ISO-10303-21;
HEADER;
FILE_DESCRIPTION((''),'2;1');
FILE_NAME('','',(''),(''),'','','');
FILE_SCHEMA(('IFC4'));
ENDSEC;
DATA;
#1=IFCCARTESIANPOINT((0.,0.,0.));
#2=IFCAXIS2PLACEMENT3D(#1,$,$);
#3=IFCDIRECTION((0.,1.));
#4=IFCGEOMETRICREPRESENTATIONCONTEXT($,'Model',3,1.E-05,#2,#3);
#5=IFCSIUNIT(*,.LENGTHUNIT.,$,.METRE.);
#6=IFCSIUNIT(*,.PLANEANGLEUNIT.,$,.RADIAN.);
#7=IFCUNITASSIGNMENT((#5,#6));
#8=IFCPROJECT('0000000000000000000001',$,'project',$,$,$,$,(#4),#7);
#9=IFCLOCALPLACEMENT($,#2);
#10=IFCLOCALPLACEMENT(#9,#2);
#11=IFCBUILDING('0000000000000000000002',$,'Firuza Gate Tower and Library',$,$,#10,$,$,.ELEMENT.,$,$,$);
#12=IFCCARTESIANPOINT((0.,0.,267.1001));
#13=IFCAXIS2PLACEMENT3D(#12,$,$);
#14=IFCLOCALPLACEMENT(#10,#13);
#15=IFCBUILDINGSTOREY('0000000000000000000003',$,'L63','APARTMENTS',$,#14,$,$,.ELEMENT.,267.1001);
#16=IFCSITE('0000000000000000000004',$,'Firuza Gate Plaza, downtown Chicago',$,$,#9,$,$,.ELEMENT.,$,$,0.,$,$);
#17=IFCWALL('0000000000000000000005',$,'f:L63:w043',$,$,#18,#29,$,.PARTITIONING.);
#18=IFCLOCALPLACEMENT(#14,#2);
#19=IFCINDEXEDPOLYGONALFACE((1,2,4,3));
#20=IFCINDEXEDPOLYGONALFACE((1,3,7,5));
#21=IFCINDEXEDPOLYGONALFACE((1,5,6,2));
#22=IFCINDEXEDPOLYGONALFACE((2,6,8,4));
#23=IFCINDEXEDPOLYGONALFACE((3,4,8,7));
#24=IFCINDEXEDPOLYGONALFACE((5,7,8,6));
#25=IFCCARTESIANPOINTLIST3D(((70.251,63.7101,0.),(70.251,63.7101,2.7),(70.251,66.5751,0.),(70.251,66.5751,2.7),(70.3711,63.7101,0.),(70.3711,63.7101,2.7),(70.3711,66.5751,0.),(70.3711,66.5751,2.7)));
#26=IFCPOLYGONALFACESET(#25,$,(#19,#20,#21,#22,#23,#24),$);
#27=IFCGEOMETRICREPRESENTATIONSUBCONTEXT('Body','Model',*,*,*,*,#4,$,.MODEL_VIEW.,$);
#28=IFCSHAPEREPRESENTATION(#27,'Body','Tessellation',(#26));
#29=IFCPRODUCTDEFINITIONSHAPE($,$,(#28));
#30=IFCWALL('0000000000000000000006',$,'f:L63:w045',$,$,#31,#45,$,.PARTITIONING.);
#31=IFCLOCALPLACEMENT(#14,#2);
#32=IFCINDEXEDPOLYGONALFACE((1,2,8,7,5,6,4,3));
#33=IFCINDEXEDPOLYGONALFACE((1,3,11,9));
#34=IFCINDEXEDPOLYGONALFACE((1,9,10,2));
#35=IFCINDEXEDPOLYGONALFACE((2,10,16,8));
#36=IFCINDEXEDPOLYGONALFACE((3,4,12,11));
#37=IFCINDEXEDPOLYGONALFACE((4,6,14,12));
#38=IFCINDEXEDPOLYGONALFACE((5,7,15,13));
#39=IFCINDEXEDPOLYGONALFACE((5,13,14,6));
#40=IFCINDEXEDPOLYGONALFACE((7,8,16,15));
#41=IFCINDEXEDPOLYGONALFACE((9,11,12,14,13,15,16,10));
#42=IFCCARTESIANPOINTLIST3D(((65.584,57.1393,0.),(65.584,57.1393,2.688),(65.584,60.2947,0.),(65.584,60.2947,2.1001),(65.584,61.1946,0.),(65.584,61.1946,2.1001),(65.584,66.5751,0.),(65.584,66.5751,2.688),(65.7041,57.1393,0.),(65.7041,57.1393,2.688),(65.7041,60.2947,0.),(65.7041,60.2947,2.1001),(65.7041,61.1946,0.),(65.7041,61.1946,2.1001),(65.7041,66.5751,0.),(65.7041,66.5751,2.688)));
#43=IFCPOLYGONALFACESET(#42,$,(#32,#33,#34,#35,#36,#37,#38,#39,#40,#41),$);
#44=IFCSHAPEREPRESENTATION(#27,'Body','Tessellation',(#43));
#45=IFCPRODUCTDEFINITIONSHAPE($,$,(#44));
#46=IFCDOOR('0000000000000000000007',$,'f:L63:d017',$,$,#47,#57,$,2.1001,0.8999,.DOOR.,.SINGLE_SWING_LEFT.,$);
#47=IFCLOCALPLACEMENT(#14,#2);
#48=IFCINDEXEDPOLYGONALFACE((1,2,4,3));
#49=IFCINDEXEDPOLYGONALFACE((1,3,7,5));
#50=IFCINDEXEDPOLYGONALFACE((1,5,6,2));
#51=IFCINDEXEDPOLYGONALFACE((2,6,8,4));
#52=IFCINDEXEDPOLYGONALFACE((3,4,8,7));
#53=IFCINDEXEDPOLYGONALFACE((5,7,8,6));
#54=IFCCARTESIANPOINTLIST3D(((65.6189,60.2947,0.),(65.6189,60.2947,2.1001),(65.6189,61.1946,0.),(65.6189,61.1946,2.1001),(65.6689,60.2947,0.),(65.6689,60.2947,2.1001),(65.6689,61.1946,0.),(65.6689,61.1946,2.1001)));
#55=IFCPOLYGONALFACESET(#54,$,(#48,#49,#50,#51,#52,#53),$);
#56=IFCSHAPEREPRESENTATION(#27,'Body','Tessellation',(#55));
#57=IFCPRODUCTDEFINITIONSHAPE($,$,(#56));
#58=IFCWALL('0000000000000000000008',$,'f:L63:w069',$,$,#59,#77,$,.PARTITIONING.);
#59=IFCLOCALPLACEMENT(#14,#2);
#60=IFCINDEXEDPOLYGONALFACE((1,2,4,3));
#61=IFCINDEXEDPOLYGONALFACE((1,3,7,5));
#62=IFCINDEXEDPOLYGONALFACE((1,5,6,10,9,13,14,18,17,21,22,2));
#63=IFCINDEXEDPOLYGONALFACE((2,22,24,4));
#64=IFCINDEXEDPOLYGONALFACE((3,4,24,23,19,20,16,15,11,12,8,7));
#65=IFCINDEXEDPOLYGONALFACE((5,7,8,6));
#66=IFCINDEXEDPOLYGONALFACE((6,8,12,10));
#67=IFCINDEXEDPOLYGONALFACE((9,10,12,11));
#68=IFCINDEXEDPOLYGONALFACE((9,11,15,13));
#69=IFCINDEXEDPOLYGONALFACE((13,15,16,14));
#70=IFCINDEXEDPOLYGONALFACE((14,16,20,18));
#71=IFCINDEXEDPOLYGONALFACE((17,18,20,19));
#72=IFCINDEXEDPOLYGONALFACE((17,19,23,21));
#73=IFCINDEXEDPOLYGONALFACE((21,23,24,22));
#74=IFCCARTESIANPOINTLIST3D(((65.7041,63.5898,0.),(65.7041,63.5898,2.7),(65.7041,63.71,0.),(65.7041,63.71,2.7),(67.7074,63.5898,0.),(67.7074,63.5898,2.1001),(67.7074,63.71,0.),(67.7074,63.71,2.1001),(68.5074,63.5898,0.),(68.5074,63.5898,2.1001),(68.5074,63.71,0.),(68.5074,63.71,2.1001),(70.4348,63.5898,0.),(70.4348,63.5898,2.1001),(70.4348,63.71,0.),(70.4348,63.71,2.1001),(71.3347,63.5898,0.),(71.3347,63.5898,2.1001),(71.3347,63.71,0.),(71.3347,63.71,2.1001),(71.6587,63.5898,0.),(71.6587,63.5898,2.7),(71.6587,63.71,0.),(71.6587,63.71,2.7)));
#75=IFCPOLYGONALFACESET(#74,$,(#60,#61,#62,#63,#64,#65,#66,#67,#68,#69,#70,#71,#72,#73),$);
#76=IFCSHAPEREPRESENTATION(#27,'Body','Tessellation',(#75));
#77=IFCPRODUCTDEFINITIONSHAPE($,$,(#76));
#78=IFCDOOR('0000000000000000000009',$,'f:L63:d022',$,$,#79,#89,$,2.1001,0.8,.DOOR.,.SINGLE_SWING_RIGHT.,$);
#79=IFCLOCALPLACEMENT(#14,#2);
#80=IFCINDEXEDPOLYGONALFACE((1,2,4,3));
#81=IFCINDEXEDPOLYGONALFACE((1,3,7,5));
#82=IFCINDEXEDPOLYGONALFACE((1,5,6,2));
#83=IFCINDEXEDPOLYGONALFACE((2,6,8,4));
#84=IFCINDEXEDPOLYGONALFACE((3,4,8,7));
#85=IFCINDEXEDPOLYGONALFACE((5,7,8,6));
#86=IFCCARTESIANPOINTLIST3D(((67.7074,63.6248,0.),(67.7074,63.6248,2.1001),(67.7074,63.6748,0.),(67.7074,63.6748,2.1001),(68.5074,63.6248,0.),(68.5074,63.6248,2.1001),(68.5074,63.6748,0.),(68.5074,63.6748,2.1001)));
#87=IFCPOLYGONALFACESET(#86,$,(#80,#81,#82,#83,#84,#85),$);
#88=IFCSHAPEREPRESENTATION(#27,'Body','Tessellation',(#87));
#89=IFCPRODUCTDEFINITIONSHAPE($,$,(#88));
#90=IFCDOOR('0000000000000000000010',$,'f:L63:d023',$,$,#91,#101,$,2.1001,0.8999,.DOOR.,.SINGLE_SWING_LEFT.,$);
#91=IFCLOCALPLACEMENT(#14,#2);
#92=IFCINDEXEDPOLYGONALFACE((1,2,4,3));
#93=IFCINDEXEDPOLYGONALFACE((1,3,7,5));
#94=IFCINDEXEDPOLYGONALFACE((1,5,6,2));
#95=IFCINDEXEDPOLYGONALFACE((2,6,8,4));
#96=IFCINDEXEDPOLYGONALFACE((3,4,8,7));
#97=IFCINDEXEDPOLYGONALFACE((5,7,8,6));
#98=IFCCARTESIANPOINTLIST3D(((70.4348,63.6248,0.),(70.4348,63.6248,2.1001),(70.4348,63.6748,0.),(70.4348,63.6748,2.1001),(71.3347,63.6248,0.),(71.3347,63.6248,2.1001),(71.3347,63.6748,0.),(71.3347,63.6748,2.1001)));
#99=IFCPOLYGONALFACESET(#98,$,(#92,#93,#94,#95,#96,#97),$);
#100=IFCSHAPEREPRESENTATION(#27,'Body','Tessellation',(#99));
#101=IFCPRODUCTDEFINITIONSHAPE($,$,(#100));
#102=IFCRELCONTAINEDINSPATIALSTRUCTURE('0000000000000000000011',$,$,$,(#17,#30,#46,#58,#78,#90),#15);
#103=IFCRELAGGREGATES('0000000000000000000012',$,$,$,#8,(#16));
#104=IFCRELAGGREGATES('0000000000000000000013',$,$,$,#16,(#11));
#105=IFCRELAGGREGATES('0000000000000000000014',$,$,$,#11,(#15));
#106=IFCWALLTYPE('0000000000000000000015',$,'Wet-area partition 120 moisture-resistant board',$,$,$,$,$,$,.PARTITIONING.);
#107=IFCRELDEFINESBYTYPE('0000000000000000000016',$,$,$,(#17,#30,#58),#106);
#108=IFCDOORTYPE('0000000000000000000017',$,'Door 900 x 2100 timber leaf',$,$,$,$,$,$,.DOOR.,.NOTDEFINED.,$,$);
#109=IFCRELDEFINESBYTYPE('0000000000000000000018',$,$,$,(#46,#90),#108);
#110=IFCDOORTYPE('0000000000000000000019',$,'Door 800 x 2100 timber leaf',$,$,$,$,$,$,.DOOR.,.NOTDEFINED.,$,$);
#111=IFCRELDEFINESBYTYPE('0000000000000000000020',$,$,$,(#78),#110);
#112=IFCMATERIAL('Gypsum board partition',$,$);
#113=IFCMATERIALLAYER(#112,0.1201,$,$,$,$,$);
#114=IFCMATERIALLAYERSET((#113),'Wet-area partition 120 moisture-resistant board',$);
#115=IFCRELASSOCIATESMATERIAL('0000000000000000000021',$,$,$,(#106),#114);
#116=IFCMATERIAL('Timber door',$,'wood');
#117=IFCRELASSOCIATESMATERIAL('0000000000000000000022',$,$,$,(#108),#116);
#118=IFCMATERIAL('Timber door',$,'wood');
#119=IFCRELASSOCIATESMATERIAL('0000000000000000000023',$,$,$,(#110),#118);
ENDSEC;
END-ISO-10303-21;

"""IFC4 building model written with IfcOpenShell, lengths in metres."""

from ifc_helpers import new_model, si_unit, direction, frame, frame_2d, origin, place, context, subcontext, project, spatial, rectangle, extrude, material, layer, layer_set, type_object, element, fill, save


model = new_model("IFC4")

# Units and contexts
model_context = context("Model", 3, precision=1e-05, world=origin(), true_north=direction((0.0, 1.0)))
body_context = subcontext(model_context, "Body", "Model", "MODEL_VIEW")
ifc_project = project(units=[si_unit("LENGTHUNIT", "METRE"), si_unit("PLANEANGLEUNIT", "RADIAN")], contexts=[model_context])

# Site, building, storey
site_placement = place(None, origin())
site = spatial("IfcSite", under=ifc_project, at=site_placement, Name="Firuza Gate Plaza, downtown Chicago", CompositionType="ELEMENT", RefElevation=0.0)
building_placement = place(site_placement, origin())
building = spatial("IfcBuilding", under=site, at=building_placement, Name="Firuza Gate Tower and Library", CompositionType="ELEMENT")
storey_placement = place(building_placement, frame((0.0, 0.0, 267.1001)))
storey = spatial("IfcBuildingStorey", under=building, at=storey_placement, Name="L63", Description="APARTMENTS", CompositionType="ELEMENT", Elevation=267.1001)

# Shared definitions
ifc_material_1 = material(Name="Gypsum board partition")
ifc_layer_1 = layer(ifc_material_1, 0.1201)
ifc_layer_set_1 = layer_set([ifc_layer_1], Name="Wet-area partition 120 moisture-resistant board")
wall_type_1 = type_object("IfcWallType", Name="Wet-area partition 120 moisture-resistant board", PredefinedType="PARTITIONING", material=ifc_layer_set_1)
ifc_material_2 = material(Name="Timber door", Category="wood")
door_type_1 = type_object("IfcDoorType", Name="Door 900 x 2100 timber leaf", OperationType="NOTDEFINED", PredefinedType="DOOR", material=ifc_material_2)

# Wall
wall_1_placement = place(storey_placement, frame((70.311, 63.71, 0.0), z_axis=(0.0, 0.0, 1.0), x_axis=(0.0, 1.0, 0.0)))
element("IfcWall", 1, at=wall_1_placement, inside=storey, type_object=wall_type_1, Name="f:L63:w043", PredefinedType="PARTITIONING", context=body_context, shape_type="SweptSolid", body=[
    extrude(rectangle(XDim=2.865, YDim=0.1201, at=frame_2d((1.4326, 0.0))), origin(), (0.0, 0.0, 1.0), 2.7),
])

# Wall, opening, door
wall_2_placement = place(storey_placement, frame((65.644, 66.575, 0.0), z_axis=(0.0, 0.0, 1.0), x_axis=(0.0, -1.0, 0.0)))
wall_2 = element("IfcWall", 2, at=wall_2_placement, inside=storey, type_object=wall_type_1, Name="f:L63:w045", PredefinedType="PARTITIONING", context=body_context, shape_type="SweptSolid", body=[
    extrude(rectangle(XDim=9.4358, YDim=0.1201, at=frame_2d((4.7178, 0.0))), origin(), (0.0, 0.0, 1.0), 2.688),
])
opening_1_placement = place(wall_2_placement, frame((5.3804, 0.0, 0.0)))
opening_1 = element("IfcOpeningElement", 3, at=opening_1_placement, cuts=wall_2, PredefinedType="OPENING", context=body_context, shape_type="SweptSolid", body=[
    extrude(rectangle(XDim=0.8999, YDim=2.1001, at=frame_2d((0.45, 1.05))), frame((0.0, 0.0701, 0.0), z_axis=(0.0, -1.0, 0.0), x_axis=(1.0, 0.0, 0.0)), (0.0, 0.0, 1.0), 0.1401),
])
door_1_placement = place(opening_1_placement, origin())
door_1 = element("IfcDoor", 4, at=door_1_placement, inside=storey, type_object=door_type_1, Name="f:L63:d017", OperationType="SINGLE_SWING_LEFT", OverallHeight=2.1001, OverallWidth=0.8999, PredefinedType="DOOR", context=body_context, shape_type="SweptSolid", body=[
    extrude(rectangle(XDim=0.8999, YDim=2.1001, at=frame_2d((0.45, 1.05))), frame((0.0, 0.0249, 0.0), z_axis=(0.0, -1.0, 0.0), x_axis=(1.0, 0.0, 0.0)), (0.0, 0.0, 1.0), 0.05),
])
fill(opening_1, door_1)

# Wall, openings, doors
wall_3_placement = place(storey_placement, frame((65.7041, 63.6499, 0.0), z_axis=(0.0, 0.0, 1.0), x_axis=(1.0, 0.0, 0.0)))
wall_3 = element("IfcWall", 5, at=wall_3_placement, inside=storey, type_object=wall_type_1, Name="f:L63:w069", PredefinedType="PARTITIONING", context=body_context, shape_type="SweptSolid", body=[
    extrude(rectangle(XDim=5.9546, YDim=0.1201, at=frame_2d((2.9773, 0.0))), origin(), (0.0, 0.0, 1.0), 2.7),
])
opening_2_placement = place(wall_3_placement, frame((2.0034, 0.0, 0.0)))
opening_2 = element("IfcOpeningElement", 6, at=opening_2_placement, cuts=wall_3, PredefinedType="OPENING", context=body_context, shape_type="SweptSolid", body=[
    extrude(rectangle(XDim=0.8, YDim=2.1001, at=frame_2d((0.3999, 1.05))), frame((0.0, 0.0701, 0.0), z_axis=(0.0, -1.0, 0.0), x_axis=(1.0, 0.0, 0.0)), (0.0, 0.0, 1.0), 0.1401),
])
opening_3_placement = place(wall_3_placement, frame((4.7307, 0.0, 0.0)))
opening_3 = element("IfcOpeningElement", 7, at=opening_3_placement, cuts=wall_3, PredefinedType="OPENING", context=body_context, shape_type="SweptSolid", body=[
    extrude(rectangle(XDim=0.8999, YDim=2.1001, at=frame_2d((0.45, 1.05))), frame((0.0, 0.0701, 0.0), z_axis=(0.0, -1.0, 0.0), x_axis=(1.0, 0.0, 0.0)), (0.0, 0.0, 1.0), 0.1401),
])
ifc_material_3 = material(Name="Timber door", Category="wood")
door_type_2 = type_object("IfcDoorType", Name="Door 800 x 2100 timber leaf", OperationType="NOTDEFINED", PredefinedType="DOOR", material=ifc_material_3)
door_2_placement = place(opening_2_placement, origin())
door_2 = element("IfcDoor", 8, at=door_2_placement, inside=storey, type_object=door_type_2, Name="f:L63:d022", OperationType="SINGLE_SWING_RIGHT", OverallHeight=2.1001, OverallWidth=0.8, PredefinedType="DOOR", context=body_context, shape_type="SweptSolid", body=[
    extrude(rectangle(XDim=0.8, YDim=2.1001, at=frame_2d((0.3999, 1.05))), frame((0.0, 0.0249, 0.0), z_axis=(0.0, -1.0, 0.0), x_axis=(1.0, 0.0, 0.0)), (0.0, 0.0, 1.0), 0.05),
])
fill(opening_2, door_2)
door_3_placement = place(opening_3_placement, origin())
door_3 = element("IfcDoor", 9, at=door_3_placement, inside=storey, type_object=door_type_1, Name="f:L63:d023", OperationType="SINGLE_SWING_LEFT", OverallHeight=2.1001, OverallWidth=0.8999, PredefinedType="DOOR", context=body_context, shape_type="SweptSolid", body=[
    extrude(rectangle(XDim=0.8999, YDim=2.1001, at=frame_2d((0.45, 1.05))), frame((0.0, 0.0249, 0.0), z_axis=(0.0, -1.0, 0.0), x_axis=(1.0, 0.0, 0.0)), (0.0, 0.0, 1.0), 0.05),
])
fill(opening_3, door_3)

save(model, "model.ifc")
